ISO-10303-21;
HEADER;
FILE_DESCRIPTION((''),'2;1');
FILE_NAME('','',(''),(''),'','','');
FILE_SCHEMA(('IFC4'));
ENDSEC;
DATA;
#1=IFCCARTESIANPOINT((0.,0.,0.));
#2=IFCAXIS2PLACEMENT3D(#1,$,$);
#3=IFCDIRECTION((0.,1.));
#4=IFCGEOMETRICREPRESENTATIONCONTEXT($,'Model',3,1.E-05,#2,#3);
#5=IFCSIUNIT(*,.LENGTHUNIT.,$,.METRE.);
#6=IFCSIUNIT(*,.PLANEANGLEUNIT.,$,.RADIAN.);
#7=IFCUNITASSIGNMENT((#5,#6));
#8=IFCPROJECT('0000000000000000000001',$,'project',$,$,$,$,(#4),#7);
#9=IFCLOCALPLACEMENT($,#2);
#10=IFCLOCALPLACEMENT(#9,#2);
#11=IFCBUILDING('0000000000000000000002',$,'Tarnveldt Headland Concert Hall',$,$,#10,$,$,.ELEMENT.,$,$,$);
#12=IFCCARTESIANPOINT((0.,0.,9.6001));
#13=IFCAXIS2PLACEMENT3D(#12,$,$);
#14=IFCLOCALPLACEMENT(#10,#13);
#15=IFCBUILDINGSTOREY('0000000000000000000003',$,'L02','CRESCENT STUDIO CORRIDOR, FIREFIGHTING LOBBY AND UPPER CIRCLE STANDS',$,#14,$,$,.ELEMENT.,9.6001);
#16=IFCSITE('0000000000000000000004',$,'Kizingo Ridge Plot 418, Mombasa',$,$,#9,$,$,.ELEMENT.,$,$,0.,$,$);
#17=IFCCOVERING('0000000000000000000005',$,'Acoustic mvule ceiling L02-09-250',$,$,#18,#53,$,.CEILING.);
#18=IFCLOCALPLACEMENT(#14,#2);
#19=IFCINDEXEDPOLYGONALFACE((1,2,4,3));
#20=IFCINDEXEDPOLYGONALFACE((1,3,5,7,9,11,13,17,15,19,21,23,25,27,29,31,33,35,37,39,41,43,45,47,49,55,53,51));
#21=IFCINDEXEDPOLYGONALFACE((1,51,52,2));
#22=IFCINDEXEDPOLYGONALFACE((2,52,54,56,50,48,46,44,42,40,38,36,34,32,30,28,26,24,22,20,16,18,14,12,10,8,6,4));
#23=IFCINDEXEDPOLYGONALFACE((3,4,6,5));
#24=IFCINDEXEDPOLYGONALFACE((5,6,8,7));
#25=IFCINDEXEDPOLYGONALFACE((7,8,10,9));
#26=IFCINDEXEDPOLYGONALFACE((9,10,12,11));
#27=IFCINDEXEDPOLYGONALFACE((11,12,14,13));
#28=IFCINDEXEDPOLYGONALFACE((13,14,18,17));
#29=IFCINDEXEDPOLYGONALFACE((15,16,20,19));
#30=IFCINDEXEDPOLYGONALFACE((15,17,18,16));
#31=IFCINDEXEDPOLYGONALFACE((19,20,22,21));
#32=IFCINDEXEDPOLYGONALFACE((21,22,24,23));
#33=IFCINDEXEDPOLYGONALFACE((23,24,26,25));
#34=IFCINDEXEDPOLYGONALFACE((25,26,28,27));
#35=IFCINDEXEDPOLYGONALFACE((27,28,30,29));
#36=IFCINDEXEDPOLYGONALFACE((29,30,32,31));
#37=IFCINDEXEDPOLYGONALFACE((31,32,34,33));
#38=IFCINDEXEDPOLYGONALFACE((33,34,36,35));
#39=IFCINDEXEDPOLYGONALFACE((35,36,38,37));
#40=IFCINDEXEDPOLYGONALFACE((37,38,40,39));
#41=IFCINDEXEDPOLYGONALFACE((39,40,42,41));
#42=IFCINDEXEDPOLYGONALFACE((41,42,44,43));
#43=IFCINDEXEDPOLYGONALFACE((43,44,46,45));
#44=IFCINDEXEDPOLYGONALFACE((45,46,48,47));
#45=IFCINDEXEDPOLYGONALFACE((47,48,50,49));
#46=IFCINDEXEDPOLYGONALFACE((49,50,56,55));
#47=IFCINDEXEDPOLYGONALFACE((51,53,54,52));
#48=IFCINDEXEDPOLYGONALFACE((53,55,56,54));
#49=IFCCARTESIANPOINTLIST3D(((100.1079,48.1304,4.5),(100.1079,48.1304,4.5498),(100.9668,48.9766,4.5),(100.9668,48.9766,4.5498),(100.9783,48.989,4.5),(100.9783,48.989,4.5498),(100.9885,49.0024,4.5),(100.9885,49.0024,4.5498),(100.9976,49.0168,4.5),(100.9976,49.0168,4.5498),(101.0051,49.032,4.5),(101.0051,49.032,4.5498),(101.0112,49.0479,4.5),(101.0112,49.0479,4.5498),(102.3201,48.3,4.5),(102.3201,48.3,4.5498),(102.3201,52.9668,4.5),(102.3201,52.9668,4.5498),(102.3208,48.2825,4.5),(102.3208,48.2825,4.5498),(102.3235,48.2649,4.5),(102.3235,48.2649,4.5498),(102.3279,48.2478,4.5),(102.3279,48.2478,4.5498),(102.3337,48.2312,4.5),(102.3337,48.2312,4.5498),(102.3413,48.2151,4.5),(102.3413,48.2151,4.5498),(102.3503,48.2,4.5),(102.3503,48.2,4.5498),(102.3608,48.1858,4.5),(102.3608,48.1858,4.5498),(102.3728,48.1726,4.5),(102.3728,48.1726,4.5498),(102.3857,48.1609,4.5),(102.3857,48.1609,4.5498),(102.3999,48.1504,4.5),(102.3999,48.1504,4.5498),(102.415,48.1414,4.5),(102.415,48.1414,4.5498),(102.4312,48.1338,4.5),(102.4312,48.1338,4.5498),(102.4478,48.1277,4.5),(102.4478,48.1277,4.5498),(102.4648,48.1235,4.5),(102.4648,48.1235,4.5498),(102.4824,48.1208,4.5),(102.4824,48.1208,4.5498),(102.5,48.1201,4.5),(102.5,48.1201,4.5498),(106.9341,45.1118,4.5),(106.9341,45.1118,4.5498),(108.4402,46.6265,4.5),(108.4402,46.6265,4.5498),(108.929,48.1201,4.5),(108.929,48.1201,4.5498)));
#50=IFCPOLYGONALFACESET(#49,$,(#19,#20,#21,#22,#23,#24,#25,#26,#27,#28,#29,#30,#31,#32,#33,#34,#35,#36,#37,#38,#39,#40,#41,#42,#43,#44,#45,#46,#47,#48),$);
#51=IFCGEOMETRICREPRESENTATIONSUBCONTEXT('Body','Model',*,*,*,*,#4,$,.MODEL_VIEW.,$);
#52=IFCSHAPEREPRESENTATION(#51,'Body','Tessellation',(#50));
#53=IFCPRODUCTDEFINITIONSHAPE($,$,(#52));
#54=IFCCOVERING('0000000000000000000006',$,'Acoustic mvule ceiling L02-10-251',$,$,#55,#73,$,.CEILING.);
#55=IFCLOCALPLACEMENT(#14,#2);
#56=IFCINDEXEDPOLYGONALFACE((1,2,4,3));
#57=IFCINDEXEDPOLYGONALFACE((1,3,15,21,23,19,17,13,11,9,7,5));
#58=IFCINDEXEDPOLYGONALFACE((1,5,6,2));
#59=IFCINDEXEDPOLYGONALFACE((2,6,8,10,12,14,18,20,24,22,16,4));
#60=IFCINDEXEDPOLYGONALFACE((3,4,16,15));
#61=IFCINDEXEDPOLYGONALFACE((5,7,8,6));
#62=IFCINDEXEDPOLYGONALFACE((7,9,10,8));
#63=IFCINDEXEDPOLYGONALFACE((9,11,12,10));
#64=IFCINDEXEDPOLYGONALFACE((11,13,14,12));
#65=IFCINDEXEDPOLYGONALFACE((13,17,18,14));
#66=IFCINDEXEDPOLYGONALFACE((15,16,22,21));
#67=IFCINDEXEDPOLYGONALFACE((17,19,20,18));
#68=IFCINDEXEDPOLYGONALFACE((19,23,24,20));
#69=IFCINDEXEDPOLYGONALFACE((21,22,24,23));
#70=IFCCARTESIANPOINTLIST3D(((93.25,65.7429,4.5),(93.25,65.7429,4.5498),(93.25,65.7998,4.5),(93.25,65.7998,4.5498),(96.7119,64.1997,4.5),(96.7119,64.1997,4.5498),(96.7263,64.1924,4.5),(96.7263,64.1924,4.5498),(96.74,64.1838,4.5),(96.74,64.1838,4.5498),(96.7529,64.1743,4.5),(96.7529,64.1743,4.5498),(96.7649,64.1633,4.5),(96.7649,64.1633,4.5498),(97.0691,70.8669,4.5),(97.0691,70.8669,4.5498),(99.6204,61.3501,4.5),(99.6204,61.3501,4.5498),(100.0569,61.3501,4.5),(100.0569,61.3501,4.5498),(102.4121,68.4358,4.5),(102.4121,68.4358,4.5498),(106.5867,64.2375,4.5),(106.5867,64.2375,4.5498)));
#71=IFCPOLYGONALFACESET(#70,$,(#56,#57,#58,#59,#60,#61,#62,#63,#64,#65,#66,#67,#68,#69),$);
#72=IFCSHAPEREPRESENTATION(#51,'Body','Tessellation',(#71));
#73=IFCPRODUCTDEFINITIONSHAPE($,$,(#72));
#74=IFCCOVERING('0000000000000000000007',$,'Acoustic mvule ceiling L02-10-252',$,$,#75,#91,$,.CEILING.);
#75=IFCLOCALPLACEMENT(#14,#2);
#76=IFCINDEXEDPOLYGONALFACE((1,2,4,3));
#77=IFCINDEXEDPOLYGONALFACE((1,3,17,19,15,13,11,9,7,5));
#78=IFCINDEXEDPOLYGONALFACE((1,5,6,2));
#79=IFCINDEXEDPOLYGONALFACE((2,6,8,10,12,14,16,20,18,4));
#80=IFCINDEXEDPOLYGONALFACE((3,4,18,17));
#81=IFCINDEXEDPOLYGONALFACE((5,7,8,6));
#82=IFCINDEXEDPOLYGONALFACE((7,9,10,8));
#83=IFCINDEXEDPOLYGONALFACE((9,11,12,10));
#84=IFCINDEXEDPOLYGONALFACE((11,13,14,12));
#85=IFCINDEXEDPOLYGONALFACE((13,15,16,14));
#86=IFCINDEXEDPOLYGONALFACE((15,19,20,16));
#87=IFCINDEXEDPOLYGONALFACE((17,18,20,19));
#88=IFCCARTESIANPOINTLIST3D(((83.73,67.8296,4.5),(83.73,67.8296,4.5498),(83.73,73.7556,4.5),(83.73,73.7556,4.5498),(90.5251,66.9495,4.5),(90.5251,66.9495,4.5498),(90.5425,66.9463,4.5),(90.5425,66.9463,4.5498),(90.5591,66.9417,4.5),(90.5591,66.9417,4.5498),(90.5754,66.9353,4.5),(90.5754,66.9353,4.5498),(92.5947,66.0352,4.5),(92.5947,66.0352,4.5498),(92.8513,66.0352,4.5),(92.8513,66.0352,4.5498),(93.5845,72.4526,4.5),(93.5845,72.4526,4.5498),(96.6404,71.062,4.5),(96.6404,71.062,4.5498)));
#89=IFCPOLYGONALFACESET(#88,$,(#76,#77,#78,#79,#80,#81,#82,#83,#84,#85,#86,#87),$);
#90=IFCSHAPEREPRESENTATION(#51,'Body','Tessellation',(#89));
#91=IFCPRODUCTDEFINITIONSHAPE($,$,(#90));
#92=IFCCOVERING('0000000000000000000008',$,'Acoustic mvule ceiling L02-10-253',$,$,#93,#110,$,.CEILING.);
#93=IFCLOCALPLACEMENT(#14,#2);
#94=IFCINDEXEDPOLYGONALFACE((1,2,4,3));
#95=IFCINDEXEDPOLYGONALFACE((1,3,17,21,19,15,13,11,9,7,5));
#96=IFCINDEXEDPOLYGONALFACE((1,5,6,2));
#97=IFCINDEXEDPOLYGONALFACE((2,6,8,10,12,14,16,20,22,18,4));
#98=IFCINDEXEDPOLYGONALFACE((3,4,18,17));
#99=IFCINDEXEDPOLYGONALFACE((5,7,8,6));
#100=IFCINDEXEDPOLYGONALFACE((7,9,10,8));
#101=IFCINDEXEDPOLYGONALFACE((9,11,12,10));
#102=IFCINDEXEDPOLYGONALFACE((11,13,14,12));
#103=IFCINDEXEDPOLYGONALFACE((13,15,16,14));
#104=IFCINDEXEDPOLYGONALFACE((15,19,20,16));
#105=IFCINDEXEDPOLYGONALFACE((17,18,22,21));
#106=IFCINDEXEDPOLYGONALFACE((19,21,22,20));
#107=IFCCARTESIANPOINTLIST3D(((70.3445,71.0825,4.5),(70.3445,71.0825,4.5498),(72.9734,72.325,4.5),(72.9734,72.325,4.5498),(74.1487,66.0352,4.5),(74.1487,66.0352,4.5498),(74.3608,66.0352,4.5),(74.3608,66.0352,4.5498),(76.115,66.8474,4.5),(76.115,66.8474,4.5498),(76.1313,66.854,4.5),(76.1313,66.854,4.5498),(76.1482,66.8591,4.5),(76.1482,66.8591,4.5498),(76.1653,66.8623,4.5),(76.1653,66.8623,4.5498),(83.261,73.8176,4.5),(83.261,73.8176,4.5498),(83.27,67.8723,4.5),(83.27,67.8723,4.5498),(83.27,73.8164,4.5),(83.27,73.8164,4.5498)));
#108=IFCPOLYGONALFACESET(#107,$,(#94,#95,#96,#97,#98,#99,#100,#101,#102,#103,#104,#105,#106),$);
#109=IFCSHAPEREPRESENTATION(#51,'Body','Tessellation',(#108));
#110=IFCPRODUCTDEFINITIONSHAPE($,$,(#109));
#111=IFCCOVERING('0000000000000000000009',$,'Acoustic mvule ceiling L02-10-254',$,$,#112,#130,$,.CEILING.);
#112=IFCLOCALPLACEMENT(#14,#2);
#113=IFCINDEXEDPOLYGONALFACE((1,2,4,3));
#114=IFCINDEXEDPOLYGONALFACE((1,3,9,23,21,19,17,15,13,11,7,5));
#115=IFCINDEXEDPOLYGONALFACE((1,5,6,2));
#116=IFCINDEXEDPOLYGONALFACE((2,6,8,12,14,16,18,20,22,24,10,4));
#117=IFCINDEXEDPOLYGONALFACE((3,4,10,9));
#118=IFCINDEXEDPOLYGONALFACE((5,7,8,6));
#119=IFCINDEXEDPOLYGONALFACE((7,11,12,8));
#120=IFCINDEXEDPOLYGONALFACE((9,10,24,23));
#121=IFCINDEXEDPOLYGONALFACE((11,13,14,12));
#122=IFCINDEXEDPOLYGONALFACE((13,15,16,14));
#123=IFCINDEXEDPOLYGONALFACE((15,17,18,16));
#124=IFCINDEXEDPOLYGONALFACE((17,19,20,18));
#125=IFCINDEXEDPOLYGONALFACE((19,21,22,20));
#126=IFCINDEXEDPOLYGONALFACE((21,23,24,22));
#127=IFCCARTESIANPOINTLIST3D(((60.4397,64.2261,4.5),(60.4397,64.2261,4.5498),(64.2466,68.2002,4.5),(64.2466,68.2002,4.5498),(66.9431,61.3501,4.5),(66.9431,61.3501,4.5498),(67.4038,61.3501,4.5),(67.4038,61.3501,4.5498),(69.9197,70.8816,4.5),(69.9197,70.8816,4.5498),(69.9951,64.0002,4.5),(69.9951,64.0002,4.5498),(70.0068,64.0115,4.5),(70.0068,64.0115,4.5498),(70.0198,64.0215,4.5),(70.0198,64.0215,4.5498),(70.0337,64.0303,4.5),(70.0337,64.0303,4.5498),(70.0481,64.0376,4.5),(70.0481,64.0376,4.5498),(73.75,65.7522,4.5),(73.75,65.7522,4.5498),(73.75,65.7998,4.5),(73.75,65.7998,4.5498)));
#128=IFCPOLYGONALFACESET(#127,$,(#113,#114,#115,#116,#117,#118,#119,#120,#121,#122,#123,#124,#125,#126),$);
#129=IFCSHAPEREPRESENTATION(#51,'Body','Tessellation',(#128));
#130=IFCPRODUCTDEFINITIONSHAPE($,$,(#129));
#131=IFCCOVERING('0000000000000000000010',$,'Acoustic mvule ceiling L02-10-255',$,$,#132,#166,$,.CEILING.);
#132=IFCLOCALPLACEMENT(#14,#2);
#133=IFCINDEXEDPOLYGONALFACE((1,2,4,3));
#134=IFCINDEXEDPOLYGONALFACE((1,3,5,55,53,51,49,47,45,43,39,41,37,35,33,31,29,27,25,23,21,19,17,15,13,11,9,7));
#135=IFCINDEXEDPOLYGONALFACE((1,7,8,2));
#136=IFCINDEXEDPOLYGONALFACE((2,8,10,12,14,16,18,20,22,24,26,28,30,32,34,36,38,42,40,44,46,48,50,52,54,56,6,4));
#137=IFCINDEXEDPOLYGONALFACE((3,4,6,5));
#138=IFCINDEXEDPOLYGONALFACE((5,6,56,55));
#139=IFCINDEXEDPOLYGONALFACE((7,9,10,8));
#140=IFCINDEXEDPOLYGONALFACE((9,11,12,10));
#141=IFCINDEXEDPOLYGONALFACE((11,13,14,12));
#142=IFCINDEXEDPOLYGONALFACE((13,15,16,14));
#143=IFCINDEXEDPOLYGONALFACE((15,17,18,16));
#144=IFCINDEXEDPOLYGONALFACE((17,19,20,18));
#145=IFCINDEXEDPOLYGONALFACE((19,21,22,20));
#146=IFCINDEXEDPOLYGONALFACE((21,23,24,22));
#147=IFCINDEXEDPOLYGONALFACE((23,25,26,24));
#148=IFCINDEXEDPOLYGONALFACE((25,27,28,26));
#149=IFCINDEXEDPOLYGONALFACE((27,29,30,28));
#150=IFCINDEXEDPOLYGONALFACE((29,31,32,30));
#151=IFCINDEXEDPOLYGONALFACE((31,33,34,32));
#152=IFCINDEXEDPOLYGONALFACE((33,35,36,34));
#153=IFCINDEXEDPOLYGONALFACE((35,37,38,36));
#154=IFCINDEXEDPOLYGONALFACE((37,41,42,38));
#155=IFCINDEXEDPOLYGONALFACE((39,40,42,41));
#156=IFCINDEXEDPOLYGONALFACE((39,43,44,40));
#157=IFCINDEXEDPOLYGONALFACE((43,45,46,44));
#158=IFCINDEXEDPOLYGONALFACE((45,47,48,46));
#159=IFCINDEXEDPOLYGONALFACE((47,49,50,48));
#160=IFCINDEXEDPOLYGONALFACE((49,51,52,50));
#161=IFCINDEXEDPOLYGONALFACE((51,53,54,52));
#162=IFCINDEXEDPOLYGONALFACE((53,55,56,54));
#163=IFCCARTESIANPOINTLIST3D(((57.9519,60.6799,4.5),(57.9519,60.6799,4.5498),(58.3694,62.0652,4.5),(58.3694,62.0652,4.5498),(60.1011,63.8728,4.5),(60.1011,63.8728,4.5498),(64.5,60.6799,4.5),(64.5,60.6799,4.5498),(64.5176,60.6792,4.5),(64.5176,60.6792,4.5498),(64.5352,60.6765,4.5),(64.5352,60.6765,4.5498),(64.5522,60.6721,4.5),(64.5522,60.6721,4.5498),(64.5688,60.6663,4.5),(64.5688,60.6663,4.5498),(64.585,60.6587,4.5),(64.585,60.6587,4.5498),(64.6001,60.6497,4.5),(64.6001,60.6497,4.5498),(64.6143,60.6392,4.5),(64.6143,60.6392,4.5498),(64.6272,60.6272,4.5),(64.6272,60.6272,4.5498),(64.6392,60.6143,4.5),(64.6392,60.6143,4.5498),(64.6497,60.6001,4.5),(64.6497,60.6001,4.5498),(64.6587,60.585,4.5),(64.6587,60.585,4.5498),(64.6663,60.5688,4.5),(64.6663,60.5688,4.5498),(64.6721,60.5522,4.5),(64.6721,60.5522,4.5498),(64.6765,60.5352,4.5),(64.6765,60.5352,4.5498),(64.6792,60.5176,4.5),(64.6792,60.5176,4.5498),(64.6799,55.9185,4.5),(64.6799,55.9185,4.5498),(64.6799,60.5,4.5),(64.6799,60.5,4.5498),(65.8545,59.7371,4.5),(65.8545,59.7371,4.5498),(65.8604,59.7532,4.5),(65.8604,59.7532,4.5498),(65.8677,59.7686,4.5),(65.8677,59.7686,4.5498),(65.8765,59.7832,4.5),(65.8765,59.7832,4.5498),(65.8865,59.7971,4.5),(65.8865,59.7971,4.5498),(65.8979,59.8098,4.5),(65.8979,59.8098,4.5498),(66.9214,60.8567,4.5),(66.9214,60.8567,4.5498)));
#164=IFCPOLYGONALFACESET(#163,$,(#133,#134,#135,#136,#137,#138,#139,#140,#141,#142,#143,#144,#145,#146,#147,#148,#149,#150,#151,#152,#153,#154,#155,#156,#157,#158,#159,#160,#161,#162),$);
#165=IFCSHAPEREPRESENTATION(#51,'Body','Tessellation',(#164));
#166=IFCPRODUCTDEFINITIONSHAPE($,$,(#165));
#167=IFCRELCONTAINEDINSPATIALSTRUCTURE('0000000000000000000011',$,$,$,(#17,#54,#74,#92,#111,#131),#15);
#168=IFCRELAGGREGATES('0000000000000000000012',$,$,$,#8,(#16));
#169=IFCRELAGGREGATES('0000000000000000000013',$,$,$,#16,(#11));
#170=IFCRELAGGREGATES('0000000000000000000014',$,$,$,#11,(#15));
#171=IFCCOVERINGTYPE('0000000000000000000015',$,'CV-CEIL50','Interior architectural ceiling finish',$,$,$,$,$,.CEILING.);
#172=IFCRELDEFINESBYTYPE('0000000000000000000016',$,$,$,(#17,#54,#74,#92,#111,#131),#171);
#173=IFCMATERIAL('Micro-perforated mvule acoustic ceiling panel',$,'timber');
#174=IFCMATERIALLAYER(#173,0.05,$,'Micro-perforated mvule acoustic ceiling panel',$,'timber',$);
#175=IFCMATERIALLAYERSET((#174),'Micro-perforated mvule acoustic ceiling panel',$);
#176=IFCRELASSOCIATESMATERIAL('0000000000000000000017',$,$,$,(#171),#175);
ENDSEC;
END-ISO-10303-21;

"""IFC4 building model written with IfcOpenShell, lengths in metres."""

from ifc_helpers import new_model, si_unit, direction, frame, origin, place, context, subcontext, project, spatial, polyline, outline, extrude, material, layer, layer_set, type_object, element, save


model = new_model("IFC4")

# Units and contexts
model_context = context("Model", 3, precision=1e-05, world=origin(), true_north=direction((0.0, 1.0)))
body_context = subcontext(model_context, "Body", "Model", "MODEL_VIEW")
ifc_project = project(units=[si_unit("LENGTHUNIT", "METRE"), si_unit("PLANEANGLEUNIT", "RADIAN")], contexts=[model_context])

# Site, building, storey
site_placement = place(None, origin())
site = spatial("IfcSite", under=ifc_project, at=site_placement, Name="Kizingo Ridge Plot 418, Mombasa", CompositionType="ELEMENT", RefElevation=0.0)
building_placement = place(site_placement, origin())
building = spatial("IfcBuilding", under=site, at=building_placement, Name="Tarnveldt Headland Concert Hall", CompositionType="ELEMENT")
storey_placement = place(building_placement, frame((0.0, 0.0, 9.6001)))
storey = spatial("IfcBuildingStorey", under=building, at=storey_placement, Name="L02", Description="CRESCENT STUDIO CORRIDOR, FIREFIGHTING LOBBY AND UPPER CIRCLE STANDS", CompositionType="ELEMENT", Elevation=9.6001)

# Coverings
ifc_material_1 = material(Name="Micro-perforated mvule acoustic ceiling panel", Category="timber")
ifc_layer_1 = layer(ifc_material_1, 0.05, Name="Micro-perforated mvule acoustic ceiling panel", Category="timber")
ifc_layer_set_1 = layer_set([ifc_layer_1], Name="Micro-perforated mvule acoustic ceiling panel")
covering_type_1 = type_object("IfcCoveringType", Name="CV-CEIL50", Description="Interior architectural ceiling finish", PredefinedType="CEILING", material=ifc_layer_set_1)
covering_1_placement = place(storey_placement, frame((0.0, 0.0, 4.5)))
element("IfcCovering", 1, at=covering_1_placement, inside=storey, type_object=covering_type_1, Name="Acoustic mvule ceiling L02-09-250", PredefinedType="CEILING", context=body_context, shape_type="SweptSolid", body=[
    extrude(outline(polyline([(100.9783, 48.989), (100.9885, 49.0024), (100.9976, 49.0168), (101.0051, 49.032), (101.0112, 49.0479), (102.3201, 52.9668), (102.3201, 48.3), (102.3208, 48.2825), (102.3235, 48.2649), (102.3279, 48.2478), (102.3337, 48.2312), (102.3413, 48.2151), (102.3503, 48.2), (102.3608, 48.1858), (102.3728, 48.1726), (102.3857, 48.1609), (102.3999, 48.1504), (102.415, 48.1414), (102.4312, 48.1338), (102.4478, 48.1277), (102.4648, 48.1235), (102.4824, 48.1208), (102.5, 48.1201), (108.929, 48.1201), (108.4402, 46.6265), (106.9341, 45.1118), (100.1079, 48.1304), (100.9668, 48.9766), (100.9783, 48.989)])), origin(), (0.0, 0.0, 1.0), 0.0498),
])
covering_2_placement = place(storey_placement, frame((0.0, 0.0, 4.5)))
element("IfcCovering", 2, at=covering_2_placement, inside=storey, type_object=covering_type_1, Name="Acoustic mvule ceiling L02-10-251", PredefinedType="CEILING", context=body_context, shape_type="SweptSolid", body=[
    extrude(outline(polyline([(96.74, 64.1838), (96.7263, 64.1924), (96.7119, 64.1997), (93.25, 65.7429), (93.25, 65.7998), (97.0691, 70.8669), (102.4121, 68.4358), (106.5867, 64.2375), (100.0569, 61.3501), (99.6204, 61.3501), (96.7649, 64.1633), (96.7529, 64.1743), (96.74, 64.1838)])), origin(), (0.0, 0.0, 1.0), 0.0498),
])
covering_3_placement = place(storey_placement, frame((0.0, 0.0, 4.5)))
element("IfcCovering", 3, at=covering_3_placement, inside=storey, type_object=covering_type_1, Name="Acoustic mvule ceiling L02-10-252", PredefinedType="CEILING", context=body_context, shape_type="SweptSolid", body=[
    extrude(outline(polyline([(90.5251, 66.9495), (83.73, 67.8296), (83.73, 73.7556), (93.5845, 72.4526), (96.6404, 71.062), (92.8513, 66.0352), (92.5947, 66.0352), (90.5754, 66.9353), (90.5591, 66.9417), (90.5425, 66.9463), (90.5251, 66.9495)])), origin(), (0.0, 0.0, 1.0), 0.0498),
])
covering_4_placement = place(storey_placement, frame((0.0, 0.0, 4.5)))
element("IfcCovering", 4, at=covering_4_placement, inside=storey, type_object=covering_type_1, Name="Acoustic mvule ceiling L02-10-253", PredefinedType="CEILING", context=body_context, shape_type="SweptSolid", body=[
    extrude(outline(polyline([(76.115, 66.8474), (74.3608, 66.0352), (74.1487, 66.0352), (70.3445, 71.0825), (72.9734, 72.325), (83.261, 73.8176), (83.27, 73.8164), (83.27, 67.8723), (76.1653, 66.8623), (76.1482, 66.8591), (76.1313, 66.854), (76.115, 66.8474)])), origin(), (0.0, 0.0, 1.0), 0.0498),
])
covering_5_placement = place(storey_placement, frame((0.0, 0.0, 4.5)))
element("IfcCovering", 5, at=covering_5_placement, inside=storey, type_object=covering_type_1, Name="Acoustic mvule ceiling L02-10-254", PredefinedType="CEILING", context=body_context, shape_type="SweptSolid", body=[
    extrude(outline(polyline([(70.0337, 64.0303), (70.0198, 64.0215), (70.0068, 64.0115), (69.9951, 64.0002), (67.4038, 61.3501), (66.9431, 61.3501), (60.4397, 64.2261), (64.2466, 68.2002), (69.9197, 70.8816), (73.75, 65.7998), (73.75, 65.7522), (70.0481, 64.0376), (70.0337, 64.0303)])), origin(), (0.0, 0.0, 1.0), 0.0498),
])
covering_6_placement = place(storey_placement, frame((0.0, 0.0, 4.5)))
element("IfcCovering", 6, at=covering_6_placement, inside=storey, type_object=covering_type_1, Name="Acoustic mvule ceiling L02-10-255", PredefinedType="CEILING", context=body_context, shape_type="SweptSolid", body=[
    extrude(outline(polyline([(65.8865, 59.7971), (65.8765, 59.7832), (65.8677, 59.7686), (65.8604, 59.7532), (65.8545, 59.7371), (64.6799, 55.9185), (64.6799, 60.5), (64.6792, 60.5176), (64.6765, 60.5352), (64.6721, 60.5522), (64.6663, 60.5688), (64.6587, 60.585), (64.6497, 60.6001), (64.6392, 60.6143), (64.6272, 60.6272), (64.6143, 60.6392), (64.6001, 60.6497), (64.585, 60.6587), (64.5688, 60.6663), (64.5522, 60.6721), (64.5352, 60.6765), (64.5176, 60.6792), (64.5, 60.6799), (57.9519, 60.6799), (58.3694, 62.0652), (60.1011, 63.8728), (66.9214, 60.8567), (65.8979, 59.8098), (65.8865, 59.7971)])), origin(), (0.0, 0.0, 1.0), 0.0498),
])

save(model, "model.ifc")
